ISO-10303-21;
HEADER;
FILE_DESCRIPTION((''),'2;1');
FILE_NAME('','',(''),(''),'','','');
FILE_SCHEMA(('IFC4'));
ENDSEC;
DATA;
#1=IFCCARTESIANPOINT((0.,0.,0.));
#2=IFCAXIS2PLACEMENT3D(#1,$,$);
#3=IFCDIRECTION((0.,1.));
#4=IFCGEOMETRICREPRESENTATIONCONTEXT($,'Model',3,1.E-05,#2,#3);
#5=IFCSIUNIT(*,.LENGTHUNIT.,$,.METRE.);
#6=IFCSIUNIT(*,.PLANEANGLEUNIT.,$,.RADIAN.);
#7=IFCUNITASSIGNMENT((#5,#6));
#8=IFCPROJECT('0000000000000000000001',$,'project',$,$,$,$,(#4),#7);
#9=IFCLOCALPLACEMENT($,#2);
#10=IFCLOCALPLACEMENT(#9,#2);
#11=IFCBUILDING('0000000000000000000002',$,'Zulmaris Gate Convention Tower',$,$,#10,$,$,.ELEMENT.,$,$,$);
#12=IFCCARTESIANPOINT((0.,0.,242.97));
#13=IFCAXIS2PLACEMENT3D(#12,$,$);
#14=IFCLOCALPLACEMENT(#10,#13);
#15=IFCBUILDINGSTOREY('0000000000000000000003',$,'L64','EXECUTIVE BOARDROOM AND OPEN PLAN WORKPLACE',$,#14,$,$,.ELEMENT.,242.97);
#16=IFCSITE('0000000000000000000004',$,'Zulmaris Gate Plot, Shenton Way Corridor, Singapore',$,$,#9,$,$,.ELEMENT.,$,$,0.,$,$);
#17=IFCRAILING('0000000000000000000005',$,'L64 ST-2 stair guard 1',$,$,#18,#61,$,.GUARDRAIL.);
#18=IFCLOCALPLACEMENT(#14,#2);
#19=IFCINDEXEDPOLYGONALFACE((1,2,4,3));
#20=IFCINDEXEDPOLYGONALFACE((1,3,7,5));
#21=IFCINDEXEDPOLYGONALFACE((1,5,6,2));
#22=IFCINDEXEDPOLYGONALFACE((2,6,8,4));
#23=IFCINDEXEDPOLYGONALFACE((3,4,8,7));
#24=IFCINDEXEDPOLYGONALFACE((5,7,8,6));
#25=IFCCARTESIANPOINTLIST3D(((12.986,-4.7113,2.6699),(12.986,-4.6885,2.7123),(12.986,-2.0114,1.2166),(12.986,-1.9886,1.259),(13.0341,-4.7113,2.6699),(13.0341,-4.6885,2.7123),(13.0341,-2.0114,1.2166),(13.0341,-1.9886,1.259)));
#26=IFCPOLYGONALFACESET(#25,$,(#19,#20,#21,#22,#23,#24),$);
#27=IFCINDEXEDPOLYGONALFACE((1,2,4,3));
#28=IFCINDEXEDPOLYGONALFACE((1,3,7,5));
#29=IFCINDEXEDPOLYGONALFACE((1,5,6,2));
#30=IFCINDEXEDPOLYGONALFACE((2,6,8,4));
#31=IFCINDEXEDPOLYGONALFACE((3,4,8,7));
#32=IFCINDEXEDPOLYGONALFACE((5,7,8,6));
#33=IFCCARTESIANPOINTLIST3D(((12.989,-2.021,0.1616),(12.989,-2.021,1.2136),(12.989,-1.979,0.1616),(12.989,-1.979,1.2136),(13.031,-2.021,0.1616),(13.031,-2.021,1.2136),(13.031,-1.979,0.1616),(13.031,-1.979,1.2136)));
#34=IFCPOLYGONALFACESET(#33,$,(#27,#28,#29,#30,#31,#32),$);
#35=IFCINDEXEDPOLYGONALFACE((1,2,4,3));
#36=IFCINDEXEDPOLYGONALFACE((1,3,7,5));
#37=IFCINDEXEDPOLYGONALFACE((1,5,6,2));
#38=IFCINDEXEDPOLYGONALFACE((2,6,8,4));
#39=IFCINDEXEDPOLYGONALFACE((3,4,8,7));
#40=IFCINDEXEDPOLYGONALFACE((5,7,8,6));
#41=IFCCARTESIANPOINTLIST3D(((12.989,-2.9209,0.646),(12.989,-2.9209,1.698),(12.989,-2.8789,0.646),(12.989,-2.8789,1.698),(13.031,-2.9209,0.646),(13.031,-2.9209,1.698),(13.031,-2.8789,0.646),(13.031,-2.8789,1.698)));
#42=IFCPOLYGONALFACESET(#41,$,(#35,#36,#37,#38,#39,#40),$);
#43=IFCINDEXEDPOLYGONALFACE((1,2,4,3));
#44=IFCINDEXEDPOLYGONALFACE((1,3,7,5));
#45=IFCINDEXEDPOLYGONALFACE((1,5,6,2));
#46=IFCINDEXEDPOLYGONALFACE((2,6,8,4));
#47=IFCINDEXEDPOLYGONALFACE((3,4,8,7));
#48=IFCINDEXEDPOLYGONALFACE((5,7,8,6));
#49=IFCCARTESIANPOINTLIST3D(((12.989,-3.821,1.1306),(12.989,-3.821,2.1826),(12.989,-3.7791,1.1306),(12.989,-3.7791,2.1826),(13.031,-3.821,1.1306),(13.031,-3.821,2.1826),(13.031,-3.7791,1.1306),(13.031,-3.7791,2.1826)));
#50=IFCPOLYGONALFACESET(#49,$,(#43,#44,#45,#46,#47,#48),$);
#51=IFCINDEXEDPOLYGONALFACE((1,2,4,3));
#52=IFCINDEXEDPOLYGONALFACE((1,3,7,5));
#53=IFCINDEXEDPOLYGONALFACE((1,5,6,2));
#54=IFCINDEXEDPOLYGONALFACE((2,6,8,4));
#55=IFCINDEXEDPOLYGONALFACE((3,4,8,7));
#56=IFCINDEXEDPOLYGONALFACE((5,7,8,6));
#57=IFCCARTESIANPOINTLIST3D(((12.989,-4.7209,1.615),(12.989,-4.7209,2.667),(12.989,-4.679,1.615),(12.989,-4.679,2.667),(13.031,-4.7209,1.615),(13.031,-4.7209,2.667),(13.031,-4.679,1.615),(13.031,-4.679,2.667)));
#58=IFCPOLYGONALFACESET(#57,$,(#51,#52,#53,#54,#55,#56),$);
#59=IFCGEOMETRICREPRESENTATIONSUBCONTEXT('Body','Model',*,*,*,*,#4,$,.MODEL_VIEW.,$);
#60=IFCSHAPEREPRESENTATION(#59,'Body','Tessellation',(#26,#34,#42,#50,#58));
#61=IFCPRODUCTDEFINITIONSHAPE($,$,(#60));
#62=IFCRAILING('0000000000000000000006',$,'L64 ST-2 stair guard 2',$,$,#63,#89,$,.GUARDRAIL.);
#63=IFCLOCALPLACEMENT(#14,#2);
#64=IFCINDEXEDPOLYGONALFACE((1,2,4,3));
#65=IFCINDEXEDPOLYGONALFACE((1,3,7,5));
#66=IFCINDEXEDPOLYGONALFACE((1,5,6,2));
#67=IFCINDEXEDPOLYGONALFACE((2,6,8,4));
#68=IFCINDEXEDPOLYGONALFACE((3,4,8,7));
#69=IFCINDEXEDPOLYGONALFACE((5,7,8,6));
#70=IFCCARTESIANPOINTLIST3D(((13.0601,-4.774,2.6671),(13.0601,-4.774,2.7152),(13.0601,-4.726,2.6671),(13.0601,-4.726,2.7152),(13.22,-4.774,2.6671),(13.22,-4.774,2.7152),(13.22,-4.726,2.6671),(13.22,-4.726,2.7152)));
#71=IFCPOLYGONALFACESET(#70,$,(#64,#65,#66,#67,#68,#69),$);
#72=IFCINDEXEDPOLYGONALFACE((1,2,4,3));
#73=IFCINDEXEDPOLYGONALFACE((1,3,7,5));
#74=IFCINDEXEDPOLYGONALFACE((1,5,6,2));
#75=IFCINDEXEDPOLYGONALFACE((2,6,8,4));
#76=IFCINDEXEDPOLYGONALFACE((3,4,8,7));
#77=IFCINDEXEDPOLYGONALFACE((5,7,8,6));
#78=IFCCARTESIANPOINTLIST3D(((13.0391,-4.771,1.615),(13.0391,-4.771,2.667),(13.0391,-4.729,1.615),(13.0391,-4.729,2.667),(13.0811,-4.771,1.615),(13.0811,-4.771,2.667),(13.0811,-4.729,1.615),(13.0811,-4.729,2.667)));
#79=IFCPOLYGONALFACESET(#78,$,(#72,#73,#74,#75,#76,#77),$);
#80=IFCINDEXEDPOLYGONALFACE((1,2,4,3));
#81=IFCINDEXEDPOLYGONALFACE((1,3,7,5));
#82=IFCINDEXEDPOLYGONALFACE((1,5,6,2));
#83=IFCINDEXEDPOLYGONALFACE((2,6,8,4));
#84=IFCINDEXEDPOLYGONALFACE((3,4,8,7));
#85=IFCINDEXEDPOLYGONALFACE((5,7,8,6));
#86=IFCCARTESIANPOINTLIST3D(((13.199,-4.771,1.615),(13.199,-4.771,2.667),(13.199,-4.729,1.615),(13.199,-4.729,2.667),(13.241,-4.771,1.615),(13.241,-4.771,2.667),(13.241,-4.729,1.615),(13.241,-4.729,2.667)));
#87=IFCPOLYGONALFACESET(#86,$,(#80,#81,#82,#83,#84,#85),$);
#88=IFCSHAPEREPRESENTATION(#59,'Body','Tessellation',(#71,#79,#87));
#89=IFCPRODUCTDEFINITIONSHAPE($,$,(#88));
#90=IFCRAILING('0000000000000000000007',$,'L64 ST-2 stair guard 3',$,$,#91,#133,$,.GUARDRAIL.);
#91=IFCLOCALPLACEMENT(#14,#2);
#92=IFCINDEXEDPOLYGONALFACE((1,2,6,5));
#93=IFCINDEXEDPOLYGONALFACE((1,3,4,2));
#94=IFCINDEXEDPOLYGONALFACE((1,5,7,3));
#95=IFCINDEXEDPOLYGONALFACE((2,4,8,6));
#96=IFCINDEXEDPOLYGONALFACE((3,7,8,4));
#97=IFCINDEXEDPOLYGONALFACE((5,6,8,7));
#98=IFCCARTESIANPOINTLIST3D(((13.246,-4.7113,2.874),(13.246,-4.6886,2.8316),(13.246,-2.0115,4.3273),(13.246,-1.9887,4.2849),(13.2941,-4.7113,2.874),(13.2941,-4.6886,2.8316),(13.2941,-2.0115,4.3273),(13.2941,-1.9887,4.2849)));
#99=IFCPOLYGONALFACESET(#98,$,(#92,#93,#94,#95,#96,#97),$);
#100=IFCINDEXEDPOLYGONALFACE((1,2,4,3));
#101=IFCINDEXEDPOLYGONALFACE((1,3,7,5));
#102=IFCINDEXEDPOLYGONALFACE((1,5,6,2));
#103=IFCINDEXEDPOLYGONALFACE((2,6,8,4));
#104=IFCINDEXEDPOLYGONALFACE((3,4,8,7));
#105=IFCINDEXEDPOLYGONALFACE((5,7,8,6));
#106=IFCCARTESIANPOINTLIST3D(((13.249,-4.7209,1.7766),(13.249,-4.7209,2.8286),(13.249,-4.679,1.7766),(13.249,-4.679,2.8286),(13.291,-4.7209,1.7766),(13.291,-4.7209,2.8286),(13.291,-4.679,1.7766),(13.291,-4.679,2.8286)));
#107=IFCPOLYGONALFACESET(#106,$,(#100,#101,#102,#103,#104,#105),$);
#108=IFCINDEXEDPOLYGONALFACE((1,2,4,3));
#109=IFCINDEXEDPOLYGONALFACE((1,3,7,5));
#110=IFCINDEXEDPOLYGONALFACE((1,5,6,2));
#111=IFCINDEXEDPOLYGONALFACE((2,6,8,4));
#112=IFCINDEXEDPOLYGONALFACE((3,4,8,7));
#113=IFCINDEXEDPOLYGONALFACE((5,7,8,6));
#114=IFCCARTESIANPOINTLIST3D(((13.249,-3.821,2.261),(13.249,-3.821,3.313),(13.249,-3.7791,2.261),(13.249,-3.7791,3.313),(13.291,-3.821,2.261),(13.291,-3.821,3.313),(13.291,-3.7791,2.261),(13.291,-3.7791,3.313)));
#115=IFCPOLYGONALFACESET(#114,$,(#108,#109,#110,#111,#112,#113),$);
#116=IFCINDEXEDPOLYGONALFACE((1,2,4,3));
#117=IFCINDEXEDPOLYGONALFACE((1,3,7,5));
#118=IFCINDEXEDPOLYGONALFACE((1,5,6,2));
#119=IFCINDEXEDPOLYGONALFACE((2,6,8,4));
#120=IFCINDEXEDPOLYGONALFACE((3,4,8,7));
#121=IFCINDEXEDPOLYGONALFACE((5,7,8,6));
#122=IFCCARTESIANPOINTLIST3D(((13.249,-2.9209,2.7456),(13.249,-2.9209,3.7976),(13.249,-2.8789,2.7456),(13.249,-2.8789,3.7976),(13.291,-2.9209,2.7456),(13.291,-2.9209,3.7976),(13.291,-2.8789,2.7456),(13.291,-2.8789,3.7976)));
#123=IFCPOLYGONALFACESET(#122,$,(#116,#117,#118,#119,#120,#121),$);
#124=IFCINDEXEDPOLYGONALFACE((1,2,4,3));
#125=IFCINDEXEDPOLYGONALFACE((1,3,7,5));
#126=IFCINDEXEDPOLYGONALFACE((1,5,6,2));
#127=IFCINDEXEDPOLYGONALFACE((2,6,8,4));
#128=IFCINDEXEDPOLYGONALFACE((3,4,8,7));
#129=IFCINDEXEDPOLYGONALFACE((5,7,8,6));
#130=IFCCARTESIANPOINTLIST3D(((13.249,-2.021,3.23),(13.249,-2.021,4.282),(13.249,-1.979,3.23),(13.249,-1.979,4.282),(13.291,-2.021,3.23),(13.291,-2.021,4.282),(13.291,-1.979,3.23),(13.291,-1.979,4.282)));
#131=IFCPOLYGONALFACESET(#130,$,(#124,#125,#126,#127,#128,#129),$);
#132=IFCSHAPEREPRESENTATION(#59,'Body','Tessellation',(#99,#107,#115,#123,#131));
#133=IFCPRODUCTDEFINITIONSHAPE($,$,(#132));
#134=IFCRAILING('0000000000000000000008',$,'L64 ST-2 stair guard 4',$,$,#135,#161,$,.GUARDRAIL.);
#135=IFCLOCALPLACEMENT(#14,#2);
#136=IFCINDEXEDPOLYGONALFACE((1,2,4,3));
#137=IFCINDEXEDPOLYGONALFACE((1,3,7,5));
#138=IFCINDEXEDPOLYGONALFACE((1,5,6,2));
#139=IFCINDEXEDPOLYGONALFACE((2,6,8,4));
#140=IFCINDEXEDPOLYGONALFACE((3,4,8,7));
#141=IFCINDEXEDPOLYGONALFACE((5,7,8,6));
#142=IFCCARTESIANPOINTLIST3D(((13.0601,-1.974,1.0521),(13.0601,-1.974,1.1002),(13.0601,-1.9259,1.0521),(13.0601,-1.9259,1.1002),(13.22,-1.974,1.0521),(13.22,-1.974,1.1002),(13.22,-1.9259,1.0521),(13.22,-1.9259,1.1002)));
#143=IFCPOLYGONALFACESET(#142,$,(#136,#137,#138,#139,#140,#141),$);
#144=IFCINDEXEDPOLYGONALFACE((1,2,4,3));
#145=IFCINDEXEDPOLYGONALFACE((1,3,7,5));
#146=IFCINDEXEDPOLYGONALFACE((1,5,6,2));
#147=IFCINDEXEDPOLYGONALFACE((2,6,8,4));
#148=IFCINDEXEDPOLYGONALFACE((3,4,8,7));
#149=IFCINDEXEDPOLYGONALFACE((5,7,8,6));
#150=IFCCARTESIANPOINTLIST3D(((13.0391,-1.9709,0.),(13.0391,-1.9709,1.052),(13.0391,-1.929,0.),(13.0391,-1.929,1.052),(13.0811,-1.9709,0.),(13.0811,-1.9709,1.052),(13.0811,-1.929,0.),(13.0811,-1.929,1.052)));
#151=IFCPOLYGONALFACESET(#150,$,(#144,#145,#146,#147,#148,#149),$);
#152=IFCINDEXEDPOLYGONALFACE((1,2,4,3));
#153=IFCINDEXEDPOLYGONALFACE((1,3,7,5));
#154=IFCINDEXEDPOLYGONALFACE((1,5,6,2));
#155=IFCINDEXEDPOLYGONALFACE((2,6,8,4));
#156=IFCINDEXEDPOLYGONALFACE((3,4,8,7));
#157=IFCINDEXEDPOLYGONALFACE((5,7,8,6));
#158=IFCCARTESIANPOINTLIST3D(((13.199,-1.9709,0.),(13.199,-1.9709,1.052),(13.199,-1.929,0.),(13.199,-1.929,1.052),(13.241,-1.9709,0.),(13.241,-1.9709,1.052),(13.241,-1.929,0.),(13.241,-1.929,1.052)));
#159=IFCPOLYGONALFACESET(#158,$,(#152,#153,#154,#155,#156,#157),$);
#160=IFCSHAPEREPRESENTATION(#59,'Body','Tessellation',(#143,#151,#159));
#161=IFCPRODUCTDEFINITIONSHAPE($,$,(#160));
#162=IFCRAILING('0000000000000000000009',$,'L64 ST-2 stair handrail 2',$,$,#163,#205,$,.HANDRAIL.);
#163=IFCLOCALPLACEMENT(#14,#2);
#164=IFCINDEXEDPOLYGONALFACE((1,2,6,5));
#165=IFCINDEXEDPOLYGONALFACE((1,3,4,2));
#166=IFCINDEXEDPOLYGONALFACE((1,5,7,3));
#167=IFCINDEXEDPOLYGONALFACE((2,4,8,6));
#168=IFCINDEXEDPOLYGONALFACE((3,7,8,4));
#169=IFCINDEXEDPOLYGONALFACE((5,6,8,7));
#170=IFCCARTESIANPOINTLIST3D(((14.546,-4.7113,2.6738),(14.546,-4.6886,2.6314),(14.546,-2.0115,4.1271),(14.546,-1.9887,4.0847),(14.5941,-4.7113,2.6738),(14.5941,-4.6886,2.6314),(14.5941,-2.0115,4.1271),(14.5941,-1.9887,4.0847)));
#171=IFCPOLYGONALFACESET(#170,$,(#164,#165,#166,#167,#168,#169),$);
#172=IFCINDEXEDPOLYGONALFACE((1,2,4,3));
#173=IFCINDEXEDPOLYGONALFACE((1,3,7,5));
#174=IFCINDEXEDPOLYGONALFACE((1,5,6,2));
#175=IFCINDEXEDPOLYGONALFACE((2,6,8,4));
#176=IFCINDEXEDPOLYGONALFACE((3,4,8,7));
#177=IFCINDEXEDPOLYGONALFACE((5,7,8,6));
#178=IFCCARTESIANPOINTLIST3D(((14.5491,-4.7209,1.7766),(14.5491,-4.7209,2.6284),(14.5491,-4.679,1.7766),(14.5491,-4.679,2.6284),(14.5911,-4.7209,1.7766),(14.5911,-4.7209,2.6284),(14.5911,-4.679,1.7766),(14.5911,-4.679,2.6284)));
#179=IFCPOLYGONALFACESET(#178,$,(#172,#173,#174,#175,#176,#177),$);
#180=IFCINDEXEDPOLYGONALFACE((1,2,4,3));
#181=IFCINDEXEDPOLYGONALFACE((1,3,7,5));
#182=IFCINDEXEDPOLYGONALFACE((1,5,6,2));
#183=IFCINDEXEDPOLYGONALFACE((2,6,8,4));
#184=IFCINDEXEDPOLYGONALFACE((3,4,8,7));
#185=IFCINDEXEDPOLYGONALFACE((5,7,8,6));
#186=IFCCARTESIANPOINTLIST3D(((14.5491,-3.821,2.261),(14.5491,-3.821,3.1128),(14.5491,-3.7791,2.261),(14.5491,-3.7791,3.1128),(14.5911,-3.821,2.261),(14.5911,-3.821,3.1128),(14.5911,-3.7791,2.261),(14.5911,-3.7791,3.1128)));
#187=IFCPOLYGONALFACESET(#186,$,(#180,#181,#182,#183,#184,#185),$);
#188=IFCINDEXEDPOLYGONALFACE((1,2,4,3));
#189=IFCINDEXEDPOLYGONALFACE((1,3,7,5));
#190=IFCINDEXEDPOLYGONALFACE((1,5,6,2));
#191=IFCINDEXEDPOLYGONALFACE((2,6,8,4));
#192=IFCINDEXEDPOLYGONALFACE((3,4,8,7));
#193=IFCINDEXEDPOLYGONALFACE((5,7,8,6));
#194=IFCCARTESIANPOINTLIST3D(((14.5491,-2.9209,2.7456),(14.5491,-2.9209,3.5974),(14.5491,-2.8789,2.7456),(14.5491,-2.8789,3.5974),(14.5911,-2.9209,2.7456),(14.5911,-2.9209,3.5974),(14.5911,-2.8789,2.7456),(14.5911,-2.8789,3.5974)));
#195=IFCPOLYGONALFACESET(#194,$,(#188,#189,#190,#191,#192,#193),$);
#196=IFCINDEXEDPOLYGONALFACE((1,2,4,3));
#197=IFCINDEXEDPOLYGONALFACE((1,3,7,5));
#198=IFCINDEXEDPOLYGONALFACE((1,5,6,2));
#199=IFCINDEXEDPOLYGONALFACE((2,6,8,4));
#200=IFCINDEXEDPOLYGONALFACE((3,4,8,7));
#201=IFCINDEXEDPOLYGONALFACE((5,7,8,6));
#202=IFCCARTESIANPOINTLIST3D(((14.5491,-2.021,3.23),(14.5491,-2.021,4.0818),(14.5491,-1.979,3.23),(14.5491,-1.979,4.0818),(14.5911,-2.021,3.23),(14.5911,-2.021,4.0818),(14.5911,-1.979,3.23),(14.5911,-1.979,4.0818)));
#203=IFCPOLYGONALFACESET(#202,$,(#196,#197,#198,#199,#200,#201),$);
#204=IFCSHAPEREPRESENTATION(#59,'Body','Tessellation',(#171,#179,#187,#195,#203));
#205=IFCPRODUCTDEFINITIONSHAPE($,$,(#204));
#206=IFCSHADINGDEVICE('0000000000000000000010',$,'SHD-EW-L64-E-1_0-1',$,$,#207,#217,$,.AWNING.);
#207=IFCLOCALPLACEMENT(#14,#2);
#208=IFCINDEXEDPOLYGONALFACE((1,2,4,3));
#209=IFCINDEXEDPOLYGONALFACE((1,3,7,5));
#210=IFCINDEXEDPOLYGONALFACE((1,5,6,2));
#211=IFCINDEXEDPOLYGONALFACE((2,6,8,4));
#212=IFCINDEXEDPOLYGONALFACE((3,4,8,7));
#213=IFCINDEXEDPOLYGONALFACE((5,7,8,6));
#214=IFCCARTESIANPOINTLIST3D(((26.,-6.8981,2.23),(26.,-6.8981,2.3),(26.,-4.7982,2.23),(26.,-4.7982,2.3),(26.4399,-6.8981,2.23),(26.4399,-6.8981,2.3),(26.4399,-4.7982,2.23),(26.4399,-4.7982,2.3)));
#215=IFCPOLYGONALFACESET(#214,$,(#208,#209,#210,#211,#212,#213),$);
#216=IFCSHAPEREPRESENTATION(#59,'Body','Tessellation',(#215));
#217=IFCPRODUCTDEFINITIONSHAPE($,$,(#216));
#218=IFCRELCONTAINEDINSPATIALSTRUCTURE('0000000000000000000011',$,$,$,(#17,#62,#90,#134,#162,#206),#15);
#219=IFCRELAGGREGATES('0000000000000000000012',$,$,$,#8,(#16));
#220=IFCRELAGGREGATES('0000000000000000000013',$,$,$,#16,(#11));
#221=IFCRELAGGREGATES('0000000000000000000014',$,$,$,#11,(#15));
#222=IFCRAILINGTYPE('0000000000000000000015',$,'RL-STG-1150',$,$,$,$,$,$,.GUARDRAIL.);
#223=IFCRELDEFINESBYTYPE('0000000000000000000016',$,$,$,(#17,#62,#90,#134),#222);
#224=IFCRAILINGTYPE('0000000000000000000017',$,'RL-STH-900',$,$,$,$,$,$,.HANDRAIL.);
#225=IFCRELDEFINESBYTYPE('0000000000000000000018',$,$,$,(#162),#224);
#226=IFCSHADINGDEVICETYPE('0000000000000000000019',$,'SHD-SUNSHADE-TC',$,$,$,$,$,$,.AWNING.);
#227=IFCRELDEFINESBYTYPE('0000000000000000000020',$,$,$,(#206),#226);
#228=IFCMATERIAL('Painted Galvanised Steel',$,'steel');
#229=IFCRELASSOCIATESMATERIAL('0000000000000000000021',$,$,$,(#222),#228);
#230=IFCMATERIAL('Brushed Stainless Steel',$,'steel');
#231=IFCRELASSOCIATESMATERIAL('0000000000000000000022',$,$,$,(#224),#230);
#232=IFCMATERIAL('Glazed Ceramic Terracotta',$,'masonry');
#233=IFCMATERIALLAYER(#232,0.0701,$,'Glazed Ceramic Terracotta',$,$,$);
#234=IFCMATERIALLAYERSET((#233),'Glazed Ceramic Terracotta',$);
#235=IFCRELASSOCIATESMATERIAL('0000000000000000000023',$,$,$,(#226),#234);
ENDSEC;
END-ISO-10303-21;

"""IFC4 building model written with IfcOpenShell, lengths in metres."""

from ifc_helpers import new_model, si_unit, direction, frame, frame_2d, origin, origin_2d, place, context, subcontext, project, spatial, rectangle, extrude, material, layer, layer_set, type_object, element, save


model = new_model("IFC4")

# Units and contexts
model_context = context("Model", 3, precision=1e-05, world=origin(), true_north=direction((0.0, 1.0)))
body_context = subcontext(model_context, "Body", "Model", "MODEL_VIEW")
ifc_project = project(units=[si_unit("LENGTHUNIT", "METRE"), si_unit("PLANEANGLEUNIT", "RADIAN")], contexts=[model_context])

# Site, building, storey
site_placement = place(None, origin())
site = spatial("IfcSite", under=ifc_project, at=site_placement, Name="Zulmaris Gate Plot, Shenton Way Corridor, Singapore", CompositionType="ELEMENT", RefElevation=0.0)
building_placement = place(site_placement, origin())
building = spatial("IfcBuilding", under=site, at=building_placement, Name="Zulmaris Gate Convention Tower", CompositionType="ELEMENT")
storey_placement = place(building_placement, frame((0.0, 0.0, 242.97)))
storey = spatial("IfcBuildingStorey", under=building, at=storey_placement, Name="L64", Description="EXECUTIVE BOARDROOM AND OPEN PLAN WORKPLACE", CompositionType="ELEMENT", Elevation=242.97)

# Railings
ifc_material_1 = material(Name="Painted Galvanised Steel", Category="steel")
railing_type_1 = type_object("IfcRailingType", Name="RL-STG-1150", PredefinedType="GUARDRAIL", material=ifc_material_1)
railing_1_placement = place(storey_placement, frame((13.01, -2.0, 0.1616)))
element("IfcRailing", 1, at=railing_1_placement, inside=storey, type_object=railing_type_1, Name="L64 ST-2 stair guard 1", PredefinedType="GUARDRAIL", context=body_context, shape_type="SweptSolid", body=[
    extrude(rectangle(XDim=0.0481, YDim=0.0481, at=origin_2d()), frame((0.0, 0.0, 1.0762), z_axis=(0.0, -0.880532, 0.473986), x_axis=(1.0, 0.0, 0.0)), (0.0, 0.0, 1.0), 3.0662),
    extrude(rectangle(XDim=0.042, YDim=0.042, at=origin_2d()), origin(), (0.0, 0.0, 1.0), 1.052),
    extrude(rectangle(XDim=0.042, YDim=0.042, at=origin_2d()), frame((0.0, -0.8999, 0.4844)), (0.0, 0.0, 1.0), 1.052),
    extrude(rectangle(XDim=0.042, YDim=0.042, at=origin_2d()), frame((0.0, -1.8, 0.969)), (0.0, 0.0, 1.0), 1.052),
    extrude(rectangle(XDim=0.042, YDim=0.042, at=origin_2d()), frame((0.0, -2.7, 1.4534)), (0.0, 0.0, 1.0), 1.052),
])
railing_2_placement = place(storey_placement, frame((13.0601, -4.75, 1.615)))
element("IfcRailing", 2, at=railing_2_placement, inside=storey, type_object=railing_type_1, Name="L64 ST-2 stair guard 2", PredefinedType="GUARDRAIL", context=body_context, shape_type="SweptSolid", body=[
    extrude(rectangle(XDim=0.0481, YDim=0.0481, at=origin_2d()), frame((0.0, 0.0, 1.0762), z_axis=(1.0, 0.0, 0.0), x_axis=(0.0, 1.0, 0.0)), (0.0, 0.0, 1.0), 0.1599),
    extrude(rectangle(XDim=0.042, YDim=0.042, at=origin_2d()), origin(), (0.0, 0.0, 1.0), 1.052),
    extrude(rectangle(XDim=0.042, YDim=0.042, at=origin_2d()), frame((0.1599, 0.0, 0.0)), (0.0, 0.0, 1.0), 1.052),
])
railing_3_placement = place(storey_placement, frame((13.27, -4.7, 1.7766)))
element("IfcRailing", 3, at=railing_3_placement, inside=storey, type_object=railing_type_1, Name="L64 ST-2 stair guard 3", PredefinedType="GUARDRAIL", context=body_context, shape_type="SweptSolid", body=[
    extrude(rectangle(XDim=0.0481, YDim=0.0481, at=origin_2d()), frame((0.0, 0.0, 1.0762), z_axis=(0.0, 0.880532, 0.473986), x_axis=(-1.0, 0.0, 0.0)), (0.0, 0.0, 1.0), 3.0662),
    extrude(rectangle(XDim=0.042, YDim=0.042, at=origin_2d()), origin(), (0.0, 0.0, 1.0), 1.052),
    extrude(rectangle(XDim=0.042, YDim=0.042, at=origin_2d()), frame((0.0, 0.8999, 0.4844)), (0.0, 0.0, 1.0), 1.052),
    extrude(rectangle(XDim=0.042, YDim=0.042, at=origin_2d()), frame((0.0, 1.8, 0.969)), (0.0, 0.0, 1.0), 1.052),
    extrude(rectangle(XDim=0.042, YDim=0.042, at=origin_2d()), frame((0.0, 2.7, 1.4534)), (0.0, 0.0, 1.0), 1.052),
])
railing_4_placement = place(storey_placement, frame((13.0601, -1.95, 0.0)))
element("IfcRailing", 4, at=railing_4_placement, inside=storey, type_object=railing_type_1, Name="L64 ST-2 stair guard 4", PredefinedType="GUARDRAIL", context=body_context, shape_type="SweptSolid", body=[
    extrude(rectangle(XDim=0.0481, YDim=0.0481, at=origin_2d()), frame((0.0, 0.0, 1.0762), z_axis=(1.0, 0.0, 0.0), x_axis=(0.0, 1.0, 0.0)), (0.0, 0.0, 1.0), 0.1599),
    extrude(rectangle(XDim=0.042, YDim=0.042, at=origin_2d()), origin(), (0.0, 0.0, 1.0), 1.052),
    extrude(rectangle(XDim=0.042, YDim=0.042, at=origin_2d()), frame((0.1599, 0.0, 0.0)), (0.0, 0.0, 1.0), 1.052),
])
ifc_material_2 = material(Name="Brushed Stainless Steel", Category="steel")
railing_type_2 = type_object("IfcRailingType", Name="RL-STH-900", PredefinedType="HANDRAIL", material=ifc_material_2)
railing_5_placement = place(storey_placement, frame((14.5701, -4.7, 1.7766)))
element("IfcRailing", 5, at=railing_5_placement, inside=storey, type_object=railing_type_2, Name="L64 ST-2 stair handrail 2", PredefinedType="HANDRAIL", context=body_context, shape_type="SweptSolid", body=[
    extrude(rectangle(XDim=0.0481, YDim=0.0481, at=origin_2d()), frame((0.0, 0.0, 0.876), z_axis=(0.0, 0.880532, 0.473986), x_axis=(-1.0, 0.0, 0.0)), (0.0, 0.0, 1.0), 3.0662),
    extrude(rectangle(XDim=0.042, YDim=0.042, at=origin_2d()), origin(), (0.0, 0.0, 1.0), 0.8518),
    extrude(rectangle(XDim=0.042, YDim=0.042, at=origin_2d()), frame((0.0, 0.8999, 0.4844)), (0.0, 0.0, 1.0), 0.8518),
    extrude(rectangle(XDim=0.042, YDim=0.042, at=origin_2d()), frame((0.0, 1.8, 0.969)), (0.0, 0.0, 1.0), 0.8518),
    extrude(rectangle(XDim=0.042, YDim=0.042, at=origin_2d()), frame((0.0, 2.7, 1.4534)), (0.0, 0.0, 1.0), 0.8518),
])

# Shading device
ifc_material_3 = material(Name="Glazed Ceramic Terracotta", Category="masonry")
ifc_layer_1 = layer(ifc_material_3, 0.0701, Name="Glazed Ceramic Terracotta")
ifc_layer_set_1 = layer_set([ifc_layer_1], Name="Glazed Ceramic Terracotta")
shading_device_type = type_object("IfcShadingDeviceType", Name="SHD-SUNSHADE-TC", PredefinedType="AWNING", material=ifc_layer_set_1)
for number, where, z_axis, x_axis, name in (
    (6, (26.22, -6.8979, 2.23), (0.0, 0.0, 1.0), (0.0, 1.0, 0.0), "SHD-EW-L64-E-1_0-1"),
):
    element("IfcShadingDevice", number, at=place(storey_placement, frame(where, z_axis=z_axis, x_axis=x_axis)), inside=storey, type_object=shading_device_type, Name=name, PredefinedType="AWNING", context=body_context, shape_type="SweptSolid", body=[
        extrude(rectangle(XDim=2.0999, YDim=0.4399, at=frame_2d((1.0498, 0.0))), origin(), (0.0, 0.0, 1.0), 0.0701),
    ])

save(model, "model.ifc")
